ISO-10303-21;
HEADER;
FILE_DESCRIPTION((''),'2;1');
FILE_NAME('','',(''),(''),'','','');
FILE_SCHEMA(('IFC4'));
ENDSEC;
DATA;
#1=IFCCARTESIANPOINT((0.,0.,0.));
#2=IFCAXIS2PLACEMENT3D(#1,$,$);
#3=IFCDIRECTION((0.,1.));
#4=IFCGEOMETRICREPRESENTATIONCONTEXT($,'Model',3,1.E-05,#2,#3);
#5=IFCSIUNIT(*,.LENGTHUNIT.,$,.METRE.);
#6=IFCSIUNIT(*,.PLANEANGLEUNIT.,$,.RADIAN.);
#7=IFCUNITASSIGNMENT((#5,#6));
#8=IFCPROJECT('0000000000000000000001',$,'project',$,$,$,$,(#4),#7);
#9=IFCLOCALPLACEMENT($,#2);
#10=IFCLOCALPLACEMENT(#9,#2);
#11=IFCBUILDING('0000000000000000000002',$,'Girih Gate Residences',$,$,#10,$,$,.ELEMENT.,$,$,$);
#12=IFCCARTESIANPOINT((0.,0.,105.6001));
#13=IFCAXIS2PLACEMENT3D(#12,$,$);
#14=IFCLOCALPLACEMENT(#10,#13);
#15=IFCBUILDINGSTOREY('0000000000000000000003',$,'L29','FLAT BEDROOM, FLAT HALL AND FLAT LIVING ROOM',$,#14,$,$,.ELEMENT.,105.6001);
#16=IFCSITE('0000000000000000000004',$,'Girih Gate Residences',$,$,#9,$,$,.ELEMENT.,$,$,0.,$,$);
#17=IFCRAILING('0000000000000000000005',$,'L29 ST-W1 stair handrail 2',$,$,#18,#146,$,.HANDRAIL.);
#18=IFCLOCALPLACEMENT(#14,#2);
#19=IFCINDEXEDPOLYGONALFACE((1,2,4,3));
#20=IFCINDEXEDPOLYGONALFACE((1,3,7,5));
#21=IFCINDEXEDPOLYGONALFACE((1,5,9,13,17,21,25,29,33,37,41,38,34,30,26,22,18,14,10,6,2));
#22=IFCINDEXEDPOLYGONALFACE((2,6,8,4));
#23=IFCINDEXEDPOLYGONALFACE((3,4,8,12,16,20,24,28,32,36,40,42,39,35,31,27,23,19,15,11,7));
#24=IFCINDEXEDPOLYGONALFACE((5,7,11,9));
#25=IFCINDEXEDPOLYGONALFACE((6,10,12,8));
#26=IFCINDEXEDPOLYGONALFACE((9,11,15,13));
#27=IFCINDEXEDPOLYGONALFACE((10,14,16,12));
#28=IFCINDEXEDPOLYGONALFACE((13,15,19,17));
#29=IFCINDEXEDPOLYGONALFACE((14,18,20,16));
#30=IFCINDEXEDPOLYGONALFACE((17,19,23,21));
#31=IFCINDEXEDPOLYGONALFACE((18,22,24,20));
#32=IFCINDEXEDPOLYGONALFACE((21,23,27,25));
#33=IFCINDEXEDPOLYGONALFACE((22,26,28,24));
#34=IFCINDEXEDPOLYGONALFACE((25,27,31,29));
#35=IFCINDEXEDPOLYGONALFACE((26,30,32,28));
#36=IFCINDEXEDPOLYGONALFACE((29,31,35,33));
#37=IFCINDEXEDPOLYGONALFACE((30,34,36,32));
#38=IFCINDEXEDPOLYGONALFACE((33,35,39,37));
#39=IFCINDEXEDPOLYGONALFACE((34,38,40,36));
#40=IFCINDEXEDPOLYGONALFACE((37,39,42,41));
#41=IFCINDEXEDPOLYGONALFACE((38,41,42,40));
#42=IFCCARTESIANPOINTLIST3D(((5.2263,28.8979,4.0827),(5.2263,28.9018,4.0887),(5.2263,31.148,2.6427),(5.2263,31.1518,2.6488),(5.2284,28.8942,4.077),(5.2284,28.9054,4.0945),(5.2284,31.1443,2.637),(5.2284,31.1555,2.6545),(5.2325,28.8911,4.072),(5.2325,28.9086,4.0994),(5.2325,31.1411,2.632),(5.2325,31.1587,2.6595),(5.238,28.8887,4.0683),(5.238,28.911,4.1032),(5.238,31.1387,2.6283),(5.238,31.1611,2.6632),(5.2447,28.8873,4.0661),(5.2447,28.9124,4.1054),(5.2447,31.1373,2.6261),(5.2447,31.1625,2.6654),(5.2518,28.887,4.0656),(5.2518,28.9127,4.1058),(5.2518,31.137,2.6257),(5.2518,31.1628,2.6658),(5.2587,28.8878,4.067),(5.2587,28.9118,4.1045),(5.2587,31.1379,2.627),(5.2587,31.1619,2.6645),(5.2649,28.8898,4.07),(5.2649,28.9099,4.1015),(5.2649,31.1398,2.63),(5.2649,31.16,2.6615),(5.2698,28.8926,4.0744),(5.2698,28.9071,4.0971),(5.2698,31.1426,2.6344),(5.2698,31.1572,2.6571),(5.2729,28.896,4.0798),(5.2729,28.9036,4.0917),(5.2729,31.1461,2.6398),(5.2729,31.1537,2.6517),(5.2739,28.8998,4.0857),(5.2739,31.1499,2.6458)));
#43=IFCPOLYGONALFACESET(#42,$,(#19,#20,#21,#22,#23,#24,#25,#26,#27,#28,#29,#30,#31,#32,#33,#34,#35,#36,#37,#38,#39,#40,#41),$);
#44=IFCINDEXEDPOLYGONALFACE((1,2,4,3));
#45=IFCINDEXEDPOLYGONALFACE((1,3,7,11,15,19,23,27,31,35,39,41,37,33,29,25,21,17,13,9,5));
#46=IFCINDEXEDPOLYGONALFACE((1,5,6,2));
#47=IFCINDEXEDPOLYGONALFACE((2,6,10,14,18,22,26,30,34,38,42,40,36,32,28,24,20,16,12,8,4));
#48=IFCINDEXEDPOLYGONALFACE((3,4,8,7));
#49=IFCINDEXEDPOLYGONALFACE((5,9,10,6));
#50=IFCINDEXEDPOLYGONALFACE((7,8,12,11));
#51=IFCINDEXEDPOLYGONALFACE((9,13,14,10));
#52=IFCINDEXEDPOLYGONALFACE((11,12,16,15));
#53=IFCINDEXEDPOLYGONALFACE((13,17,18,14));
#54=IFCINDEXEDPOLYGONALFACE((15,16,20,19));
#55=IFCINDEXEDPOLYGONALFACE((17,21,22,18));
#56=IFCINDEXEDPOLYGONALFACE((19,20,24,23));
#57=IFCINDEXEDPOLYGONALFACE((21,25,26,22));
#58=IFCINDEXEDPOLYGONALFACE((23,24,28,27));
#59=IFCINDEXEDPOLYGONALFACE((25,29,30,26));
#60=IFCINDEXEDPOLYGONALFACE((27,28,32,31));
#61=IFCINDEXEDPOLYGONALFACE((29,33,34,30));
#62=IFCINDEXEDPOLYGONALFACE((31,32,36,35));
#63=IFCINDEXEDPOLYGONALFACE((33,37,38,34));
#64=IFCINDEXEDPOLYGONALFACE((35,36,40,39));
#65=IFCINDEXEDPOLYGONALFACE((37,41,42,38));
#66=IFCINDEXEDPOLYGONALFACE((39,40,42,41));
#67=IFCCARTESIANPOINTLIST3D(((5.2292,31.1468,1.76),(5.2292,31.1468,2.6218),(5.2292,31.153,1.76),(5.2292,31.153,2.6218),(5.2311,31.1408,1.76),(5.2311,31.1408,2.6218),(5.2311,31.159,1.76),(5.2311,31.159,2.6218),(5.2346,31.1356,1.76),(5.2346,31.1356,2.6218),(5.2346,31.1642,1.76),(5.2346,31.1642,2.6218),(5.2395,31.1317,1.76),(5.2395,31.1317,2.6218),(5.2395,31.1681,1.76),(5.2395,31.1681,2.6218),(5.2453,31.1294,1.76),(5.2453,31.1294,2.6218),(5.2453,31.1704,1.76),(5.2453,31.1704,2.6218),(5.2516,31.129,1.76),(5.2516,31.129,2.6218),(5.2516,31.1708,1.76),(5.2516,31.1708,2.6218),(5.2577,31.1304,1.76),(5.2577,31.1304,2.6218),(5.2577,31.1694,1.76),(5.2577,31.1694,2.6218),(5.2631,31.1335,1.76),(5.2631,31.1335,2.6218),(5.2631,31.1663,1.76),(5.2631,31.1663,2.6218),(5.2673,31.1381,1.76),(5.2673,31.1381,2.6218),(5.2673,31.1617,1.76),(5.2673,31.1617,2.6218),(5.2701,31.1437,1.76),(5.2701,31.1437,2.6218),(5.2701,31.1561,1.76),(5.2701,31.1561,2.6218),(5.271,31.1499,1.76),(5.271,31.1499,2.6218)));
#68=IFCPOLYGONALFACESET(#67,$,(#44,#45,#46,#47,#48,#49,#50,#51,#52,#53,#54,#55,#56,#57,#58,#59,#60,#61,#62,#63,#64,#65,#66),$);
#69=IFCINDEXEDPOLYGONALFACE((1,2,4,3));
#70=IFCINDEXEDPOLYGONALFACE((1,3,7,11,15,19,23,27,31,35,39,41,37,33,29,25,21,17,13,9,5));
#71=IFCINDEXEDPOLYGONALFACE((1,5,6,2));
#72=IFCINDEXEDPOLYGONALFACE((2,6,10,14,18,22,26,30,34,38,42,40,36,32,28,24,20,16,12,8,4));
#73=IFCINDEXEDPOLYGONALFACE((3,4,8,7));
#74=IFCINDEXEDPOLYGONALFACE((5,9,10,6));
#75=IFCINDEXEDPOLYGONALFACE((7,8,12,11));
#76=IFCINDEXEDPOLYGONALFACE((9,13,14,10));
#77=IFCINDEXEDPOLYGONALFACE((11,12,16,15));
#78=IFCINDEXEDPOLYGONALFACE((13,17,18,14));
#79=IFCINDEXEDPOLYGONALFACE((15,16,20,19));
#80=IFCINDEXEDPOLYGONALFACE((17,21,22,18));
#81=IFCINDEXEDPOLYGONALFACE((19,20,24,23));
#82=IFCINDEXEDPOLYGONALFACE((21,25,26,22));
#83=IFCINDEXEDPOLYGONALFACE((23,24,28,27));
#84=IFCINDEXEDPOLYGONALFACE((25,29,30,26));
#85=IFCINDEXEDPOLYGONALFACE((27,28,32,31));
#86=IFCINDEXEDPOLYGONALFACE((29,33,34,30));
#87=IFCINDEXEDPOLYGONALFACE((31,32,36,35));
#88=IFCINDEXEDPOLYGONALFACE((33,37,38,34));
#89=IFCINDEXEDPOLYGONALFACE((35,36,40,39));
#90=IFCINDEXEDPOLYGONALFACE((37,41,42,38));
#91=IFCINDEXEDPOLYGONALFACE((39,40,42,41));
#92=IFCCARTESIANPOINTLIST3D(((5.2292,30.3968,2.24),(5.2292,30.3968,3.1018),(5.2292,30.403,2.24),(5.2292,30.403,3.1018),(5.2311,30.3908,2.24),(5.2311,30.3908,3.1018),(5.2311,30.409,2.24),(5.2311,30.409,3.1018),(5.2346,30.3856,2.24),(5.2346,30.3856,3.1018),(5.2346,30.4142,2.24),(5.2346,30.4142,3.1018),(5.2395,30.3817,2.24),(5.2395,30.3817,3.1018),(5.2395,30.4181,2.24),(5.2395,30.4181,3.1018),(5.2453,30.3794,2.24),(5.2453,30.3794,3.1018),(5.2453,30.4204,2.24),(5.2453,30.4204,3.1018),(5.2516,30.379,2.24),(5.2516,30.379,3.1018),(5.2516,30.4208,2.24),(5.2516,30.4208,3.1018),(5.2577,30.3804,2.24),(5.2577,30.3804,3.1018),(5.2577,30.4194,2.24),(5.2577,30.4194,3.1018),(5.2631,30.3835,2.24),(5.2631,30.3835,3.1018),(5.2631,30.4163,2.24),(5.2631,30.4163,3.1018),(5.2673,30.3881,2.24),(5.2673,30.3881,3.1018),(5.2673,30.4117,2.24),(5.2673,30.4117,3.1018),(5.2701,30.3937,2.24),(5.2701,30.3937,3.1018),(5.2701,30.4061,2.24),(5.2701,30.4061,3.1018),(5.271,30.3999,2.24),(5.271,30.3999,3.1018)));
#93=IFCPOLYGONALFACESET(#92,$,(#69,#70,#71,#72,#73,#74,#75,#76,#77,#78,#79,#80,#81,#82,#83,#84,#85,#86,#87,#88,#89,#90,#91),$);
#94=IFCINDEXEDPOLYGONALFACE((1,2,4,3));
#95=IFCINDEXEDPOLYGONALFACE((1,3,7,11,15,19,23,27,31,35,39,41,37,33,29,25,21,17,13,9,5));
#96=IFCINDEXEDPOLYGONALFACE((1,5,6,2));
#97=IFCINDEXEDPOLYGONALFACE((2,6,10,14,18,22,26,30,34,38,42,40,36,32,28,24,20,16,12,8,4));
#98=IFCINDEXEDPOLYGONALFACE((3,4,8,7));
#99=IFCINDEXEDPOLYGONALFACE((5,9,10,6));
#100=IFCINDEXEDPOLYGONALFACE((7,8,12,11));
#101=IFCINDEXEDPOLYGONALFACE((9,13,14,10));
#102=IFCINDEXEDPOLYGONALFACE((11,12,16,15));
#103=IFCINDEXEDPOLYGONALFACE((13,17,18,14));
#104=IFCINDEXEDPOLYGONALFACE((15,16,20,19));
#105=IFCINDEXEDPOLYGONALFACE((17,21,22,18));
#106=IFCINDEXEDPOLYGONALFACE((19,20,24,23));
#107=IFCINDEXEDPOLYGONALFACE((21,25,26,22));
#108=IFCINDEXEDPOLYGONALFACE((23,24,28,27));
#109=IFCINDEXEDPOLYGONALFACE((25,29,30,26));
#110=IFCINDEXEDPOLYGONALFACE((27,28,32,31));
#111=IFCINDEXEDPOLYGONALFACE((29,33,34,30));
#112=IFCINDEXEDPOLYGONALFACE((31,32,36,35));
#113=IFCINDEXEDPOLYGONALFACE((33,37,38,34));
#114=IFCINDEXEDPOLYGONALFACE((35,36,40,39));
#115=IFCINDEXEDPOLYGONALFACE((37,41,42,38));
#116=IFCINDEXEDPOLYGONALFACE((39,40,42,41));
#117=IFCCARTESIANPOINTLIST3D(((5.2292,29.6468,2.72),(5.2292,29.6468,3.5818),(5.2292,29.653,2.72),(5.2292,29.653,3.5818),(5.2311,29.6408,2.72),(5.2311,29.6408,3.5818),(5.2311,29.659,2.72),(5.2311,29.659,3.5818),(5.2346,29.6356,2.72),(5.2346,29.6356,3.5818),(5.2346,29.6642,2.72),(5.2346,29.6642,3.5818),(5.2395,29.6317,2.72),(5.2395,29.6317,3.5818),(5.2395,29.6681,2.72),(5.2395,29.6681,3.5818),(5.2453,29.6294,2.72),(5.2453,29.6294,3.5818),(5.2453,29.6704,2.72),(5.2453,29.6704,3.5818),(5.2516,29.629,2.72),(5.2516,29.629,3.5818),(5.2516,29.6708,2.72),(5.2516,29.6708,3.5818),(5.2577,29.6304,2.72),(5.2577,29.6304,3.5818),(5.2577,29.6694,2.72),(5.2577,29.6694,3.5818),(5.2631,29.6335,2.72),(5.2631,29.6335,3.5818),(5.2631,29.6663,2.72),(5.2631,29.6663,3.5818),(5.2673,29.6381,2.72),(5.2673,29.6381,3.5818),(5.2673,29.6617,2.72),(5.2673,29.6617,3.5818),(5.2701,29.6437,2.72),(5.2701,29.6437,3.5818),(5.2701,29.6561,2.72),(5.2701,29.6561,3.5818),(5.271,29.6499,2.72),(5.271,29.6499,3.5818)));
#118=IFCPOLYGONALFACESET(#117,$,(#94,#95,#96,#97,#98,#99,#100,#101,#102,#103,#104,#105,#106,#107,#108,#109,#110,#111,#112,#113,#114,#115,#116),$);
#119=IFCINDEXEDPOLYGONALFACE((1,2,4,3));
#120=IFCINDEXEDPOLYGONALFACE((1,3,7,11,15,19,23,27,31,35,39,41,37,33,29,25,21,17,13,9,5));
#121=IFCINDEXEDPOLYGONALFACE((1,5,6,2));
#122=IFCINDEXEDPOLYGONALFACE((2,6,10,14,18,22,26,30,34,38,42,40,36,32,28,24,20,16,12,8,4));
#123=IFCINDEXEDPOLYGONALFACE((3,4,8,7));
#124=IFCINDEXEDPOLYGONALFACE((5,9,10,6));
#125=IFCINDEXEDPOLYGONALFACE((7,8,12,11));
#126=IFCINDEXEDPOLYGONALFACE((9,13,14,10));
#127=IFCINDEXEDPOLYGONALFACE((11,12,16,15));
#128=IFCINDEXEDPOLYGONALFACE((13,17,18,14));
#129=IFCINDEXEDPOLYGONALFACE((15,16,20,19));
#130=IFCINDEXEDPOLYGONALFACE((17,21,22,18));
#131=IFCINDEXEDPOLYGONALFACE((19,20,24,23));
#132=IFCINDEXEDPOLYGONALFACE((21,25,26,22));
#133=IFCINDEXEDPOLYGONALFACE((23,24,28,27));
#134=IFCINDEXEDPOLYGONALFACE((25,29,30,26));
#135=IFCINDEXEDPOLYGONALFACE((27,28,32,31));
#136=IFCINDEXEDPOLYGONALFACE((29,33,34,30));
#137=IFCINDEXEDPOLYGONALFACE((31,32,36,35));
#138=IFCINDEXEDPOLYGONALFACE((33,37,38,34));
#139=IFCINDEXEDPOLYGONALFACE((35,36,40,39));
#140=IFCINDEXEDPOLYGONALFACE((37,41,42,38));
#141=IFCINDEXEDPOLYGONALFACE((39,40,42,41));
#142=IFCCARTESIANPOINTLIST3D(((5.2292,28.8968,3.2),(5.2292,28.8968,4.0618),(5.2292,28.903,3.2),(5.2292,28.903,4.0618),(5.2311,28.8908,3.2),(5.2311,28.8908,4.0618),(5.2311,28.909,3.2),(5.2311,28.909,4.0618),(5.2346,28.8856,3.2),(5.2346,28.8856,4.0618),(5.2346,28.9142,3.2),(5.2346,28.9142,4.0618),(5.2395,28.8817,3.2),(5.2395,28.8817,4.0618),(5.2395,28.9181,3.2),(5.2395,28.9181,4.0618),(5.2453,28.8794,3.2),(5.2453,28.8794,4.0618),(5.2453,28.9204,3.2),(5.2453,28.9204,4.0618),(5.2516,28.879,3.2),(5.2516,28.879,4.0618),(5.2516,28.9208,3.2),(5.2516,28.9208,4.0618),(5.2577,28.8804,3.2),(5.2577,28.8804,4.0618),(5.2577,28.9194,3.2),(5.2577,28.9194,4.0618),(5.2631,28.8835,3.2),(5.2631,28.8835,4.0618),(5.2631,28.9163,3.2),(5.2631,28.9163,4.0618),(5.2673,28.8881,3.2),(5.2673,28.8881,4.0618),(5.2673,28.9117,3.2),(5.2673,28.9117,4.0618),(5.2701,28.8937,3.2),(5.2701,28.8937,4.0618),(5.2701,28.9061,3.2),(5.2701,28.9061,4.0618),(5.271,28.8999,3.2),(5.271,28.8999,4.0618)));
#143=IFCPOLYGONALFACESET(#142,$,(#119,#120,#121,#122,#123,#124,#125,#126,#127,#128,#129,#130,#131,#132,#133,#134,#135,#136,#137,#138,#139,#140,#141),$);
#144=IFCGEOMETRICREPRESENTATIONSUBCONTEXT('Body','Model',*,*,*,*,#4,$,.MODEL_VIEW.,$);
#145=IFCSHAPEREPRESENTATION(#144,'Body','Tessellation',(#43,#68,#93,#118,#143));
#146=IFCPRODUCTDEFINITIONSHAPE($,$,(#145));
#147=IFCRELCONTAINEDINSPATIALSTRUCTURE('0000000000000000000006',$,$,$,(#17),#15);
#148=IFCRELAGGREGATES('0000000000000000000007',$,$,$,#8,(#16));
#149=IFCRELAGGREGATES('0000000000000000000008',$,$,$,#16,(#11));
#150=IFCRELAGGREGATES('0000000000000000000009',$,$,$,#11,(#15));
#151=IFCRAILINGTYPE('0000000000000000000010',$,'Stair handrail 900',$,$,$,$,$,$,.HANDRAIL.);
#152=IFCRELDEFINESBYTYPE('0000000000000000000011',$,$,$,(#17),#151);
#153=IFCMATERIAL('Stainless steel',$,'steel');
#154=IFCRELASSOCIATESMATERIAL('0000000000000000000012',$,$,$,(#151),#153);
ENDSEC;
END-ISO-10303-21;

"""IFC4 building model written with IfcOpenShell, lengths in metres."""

from ifc_helpers import new_model, si_unit, direction, frame, origin, origin_2d, place, context, subcontext, project, spatial, circle, extrude, material, type_object, element, save


model = new_model("IFC4")

# Units and contexts
model_context = context("Model", 3, precision=1e-05, world=origin(), true_north=direction((0.0, 1.0)))
body_context = subcontext(model_context, "Body", "Model", "MODEL_VIEW")
ifc_project = project(units=[si_unit("LENGTHUNIT", "METRE"), si_unit("PLANEANGLEUNIT", "RADIAN")], contexts=[model_context])

# Site, building, storey
site_placement = place(None, origin())
site = spatial("IfcSite", under=ifc_project, at=site_placement, Name="Girih Gate Residences", CompositionType="ELEMENT", RefElevation=0.0)
building_placement = place(site_placement, origin())
building = spatial("IfcBuilding", under=site, at=building_placement, Name="Girih Gate Residences", CompositionType="ELEMENT")
storey_placement = place(building_placement, frame((0.0, 0.0, 105.6001)))
storey = spatial("IfcBuildingStorey", under=building, at=storey_placement, Name="L29", Description="FLAT BEDROOM, FLAT HALL AND FLAT LIVING ROOM", CompositionType="ELEMENT", Elevation=105.6001)

# Railing
ifc_material_1 = material(Name="Stainless steel", Category="steel")
railing_type_1 = type_object("IfcRailingType", Name="Stair handrail 900", PredefinedType="HANDRAIL", material=ifc_material_1)
railing_1_placement = place(storey_placement, frame((5.25, 31.1499, 1.76)))
element("IfcRailing", 1, at=railing_1_placement, inside=storey, type_object=railing_type_1, Name="L29 ST-W1 stair handrail 2", PredefinedType="HANDRAIL", context=body_context, shape_type="SweptSolid", body=[
    extrude(circle(Radius=0.0239, at=origin_2d()), frame((0.0, 0.0, 0.8857), z_axis=(0.0, -0.842281, 0.539038), x_axis=(1.0, 0.0, 0.0)), (0.0, 0.0, 1.0), 2.6714),
    extrude(circle(Radius=0.021, at=origin_2d()), origin(), (0.0, 0.0, 1.0), 0.8618),
    extrude(circle(Radius=0.021, at=origin_2d()), frame((0.0, -0.75, 0.48)), (0.0, 0.0, 1.0), 0.8618),
    extrude(circle(Radius=0.021, at=origin_2d()), frame((0.0, -1.5, 0.96)), (0.0, 0.0, 1.0), 0.8618),
    extrude(circle(Radius=0.021, at=origin_2d()), frame((0.0, -2.25, 1.4399)), (0.0, 0.0, 1.0), 0.8618),
])

save(model, "model.ifc")
